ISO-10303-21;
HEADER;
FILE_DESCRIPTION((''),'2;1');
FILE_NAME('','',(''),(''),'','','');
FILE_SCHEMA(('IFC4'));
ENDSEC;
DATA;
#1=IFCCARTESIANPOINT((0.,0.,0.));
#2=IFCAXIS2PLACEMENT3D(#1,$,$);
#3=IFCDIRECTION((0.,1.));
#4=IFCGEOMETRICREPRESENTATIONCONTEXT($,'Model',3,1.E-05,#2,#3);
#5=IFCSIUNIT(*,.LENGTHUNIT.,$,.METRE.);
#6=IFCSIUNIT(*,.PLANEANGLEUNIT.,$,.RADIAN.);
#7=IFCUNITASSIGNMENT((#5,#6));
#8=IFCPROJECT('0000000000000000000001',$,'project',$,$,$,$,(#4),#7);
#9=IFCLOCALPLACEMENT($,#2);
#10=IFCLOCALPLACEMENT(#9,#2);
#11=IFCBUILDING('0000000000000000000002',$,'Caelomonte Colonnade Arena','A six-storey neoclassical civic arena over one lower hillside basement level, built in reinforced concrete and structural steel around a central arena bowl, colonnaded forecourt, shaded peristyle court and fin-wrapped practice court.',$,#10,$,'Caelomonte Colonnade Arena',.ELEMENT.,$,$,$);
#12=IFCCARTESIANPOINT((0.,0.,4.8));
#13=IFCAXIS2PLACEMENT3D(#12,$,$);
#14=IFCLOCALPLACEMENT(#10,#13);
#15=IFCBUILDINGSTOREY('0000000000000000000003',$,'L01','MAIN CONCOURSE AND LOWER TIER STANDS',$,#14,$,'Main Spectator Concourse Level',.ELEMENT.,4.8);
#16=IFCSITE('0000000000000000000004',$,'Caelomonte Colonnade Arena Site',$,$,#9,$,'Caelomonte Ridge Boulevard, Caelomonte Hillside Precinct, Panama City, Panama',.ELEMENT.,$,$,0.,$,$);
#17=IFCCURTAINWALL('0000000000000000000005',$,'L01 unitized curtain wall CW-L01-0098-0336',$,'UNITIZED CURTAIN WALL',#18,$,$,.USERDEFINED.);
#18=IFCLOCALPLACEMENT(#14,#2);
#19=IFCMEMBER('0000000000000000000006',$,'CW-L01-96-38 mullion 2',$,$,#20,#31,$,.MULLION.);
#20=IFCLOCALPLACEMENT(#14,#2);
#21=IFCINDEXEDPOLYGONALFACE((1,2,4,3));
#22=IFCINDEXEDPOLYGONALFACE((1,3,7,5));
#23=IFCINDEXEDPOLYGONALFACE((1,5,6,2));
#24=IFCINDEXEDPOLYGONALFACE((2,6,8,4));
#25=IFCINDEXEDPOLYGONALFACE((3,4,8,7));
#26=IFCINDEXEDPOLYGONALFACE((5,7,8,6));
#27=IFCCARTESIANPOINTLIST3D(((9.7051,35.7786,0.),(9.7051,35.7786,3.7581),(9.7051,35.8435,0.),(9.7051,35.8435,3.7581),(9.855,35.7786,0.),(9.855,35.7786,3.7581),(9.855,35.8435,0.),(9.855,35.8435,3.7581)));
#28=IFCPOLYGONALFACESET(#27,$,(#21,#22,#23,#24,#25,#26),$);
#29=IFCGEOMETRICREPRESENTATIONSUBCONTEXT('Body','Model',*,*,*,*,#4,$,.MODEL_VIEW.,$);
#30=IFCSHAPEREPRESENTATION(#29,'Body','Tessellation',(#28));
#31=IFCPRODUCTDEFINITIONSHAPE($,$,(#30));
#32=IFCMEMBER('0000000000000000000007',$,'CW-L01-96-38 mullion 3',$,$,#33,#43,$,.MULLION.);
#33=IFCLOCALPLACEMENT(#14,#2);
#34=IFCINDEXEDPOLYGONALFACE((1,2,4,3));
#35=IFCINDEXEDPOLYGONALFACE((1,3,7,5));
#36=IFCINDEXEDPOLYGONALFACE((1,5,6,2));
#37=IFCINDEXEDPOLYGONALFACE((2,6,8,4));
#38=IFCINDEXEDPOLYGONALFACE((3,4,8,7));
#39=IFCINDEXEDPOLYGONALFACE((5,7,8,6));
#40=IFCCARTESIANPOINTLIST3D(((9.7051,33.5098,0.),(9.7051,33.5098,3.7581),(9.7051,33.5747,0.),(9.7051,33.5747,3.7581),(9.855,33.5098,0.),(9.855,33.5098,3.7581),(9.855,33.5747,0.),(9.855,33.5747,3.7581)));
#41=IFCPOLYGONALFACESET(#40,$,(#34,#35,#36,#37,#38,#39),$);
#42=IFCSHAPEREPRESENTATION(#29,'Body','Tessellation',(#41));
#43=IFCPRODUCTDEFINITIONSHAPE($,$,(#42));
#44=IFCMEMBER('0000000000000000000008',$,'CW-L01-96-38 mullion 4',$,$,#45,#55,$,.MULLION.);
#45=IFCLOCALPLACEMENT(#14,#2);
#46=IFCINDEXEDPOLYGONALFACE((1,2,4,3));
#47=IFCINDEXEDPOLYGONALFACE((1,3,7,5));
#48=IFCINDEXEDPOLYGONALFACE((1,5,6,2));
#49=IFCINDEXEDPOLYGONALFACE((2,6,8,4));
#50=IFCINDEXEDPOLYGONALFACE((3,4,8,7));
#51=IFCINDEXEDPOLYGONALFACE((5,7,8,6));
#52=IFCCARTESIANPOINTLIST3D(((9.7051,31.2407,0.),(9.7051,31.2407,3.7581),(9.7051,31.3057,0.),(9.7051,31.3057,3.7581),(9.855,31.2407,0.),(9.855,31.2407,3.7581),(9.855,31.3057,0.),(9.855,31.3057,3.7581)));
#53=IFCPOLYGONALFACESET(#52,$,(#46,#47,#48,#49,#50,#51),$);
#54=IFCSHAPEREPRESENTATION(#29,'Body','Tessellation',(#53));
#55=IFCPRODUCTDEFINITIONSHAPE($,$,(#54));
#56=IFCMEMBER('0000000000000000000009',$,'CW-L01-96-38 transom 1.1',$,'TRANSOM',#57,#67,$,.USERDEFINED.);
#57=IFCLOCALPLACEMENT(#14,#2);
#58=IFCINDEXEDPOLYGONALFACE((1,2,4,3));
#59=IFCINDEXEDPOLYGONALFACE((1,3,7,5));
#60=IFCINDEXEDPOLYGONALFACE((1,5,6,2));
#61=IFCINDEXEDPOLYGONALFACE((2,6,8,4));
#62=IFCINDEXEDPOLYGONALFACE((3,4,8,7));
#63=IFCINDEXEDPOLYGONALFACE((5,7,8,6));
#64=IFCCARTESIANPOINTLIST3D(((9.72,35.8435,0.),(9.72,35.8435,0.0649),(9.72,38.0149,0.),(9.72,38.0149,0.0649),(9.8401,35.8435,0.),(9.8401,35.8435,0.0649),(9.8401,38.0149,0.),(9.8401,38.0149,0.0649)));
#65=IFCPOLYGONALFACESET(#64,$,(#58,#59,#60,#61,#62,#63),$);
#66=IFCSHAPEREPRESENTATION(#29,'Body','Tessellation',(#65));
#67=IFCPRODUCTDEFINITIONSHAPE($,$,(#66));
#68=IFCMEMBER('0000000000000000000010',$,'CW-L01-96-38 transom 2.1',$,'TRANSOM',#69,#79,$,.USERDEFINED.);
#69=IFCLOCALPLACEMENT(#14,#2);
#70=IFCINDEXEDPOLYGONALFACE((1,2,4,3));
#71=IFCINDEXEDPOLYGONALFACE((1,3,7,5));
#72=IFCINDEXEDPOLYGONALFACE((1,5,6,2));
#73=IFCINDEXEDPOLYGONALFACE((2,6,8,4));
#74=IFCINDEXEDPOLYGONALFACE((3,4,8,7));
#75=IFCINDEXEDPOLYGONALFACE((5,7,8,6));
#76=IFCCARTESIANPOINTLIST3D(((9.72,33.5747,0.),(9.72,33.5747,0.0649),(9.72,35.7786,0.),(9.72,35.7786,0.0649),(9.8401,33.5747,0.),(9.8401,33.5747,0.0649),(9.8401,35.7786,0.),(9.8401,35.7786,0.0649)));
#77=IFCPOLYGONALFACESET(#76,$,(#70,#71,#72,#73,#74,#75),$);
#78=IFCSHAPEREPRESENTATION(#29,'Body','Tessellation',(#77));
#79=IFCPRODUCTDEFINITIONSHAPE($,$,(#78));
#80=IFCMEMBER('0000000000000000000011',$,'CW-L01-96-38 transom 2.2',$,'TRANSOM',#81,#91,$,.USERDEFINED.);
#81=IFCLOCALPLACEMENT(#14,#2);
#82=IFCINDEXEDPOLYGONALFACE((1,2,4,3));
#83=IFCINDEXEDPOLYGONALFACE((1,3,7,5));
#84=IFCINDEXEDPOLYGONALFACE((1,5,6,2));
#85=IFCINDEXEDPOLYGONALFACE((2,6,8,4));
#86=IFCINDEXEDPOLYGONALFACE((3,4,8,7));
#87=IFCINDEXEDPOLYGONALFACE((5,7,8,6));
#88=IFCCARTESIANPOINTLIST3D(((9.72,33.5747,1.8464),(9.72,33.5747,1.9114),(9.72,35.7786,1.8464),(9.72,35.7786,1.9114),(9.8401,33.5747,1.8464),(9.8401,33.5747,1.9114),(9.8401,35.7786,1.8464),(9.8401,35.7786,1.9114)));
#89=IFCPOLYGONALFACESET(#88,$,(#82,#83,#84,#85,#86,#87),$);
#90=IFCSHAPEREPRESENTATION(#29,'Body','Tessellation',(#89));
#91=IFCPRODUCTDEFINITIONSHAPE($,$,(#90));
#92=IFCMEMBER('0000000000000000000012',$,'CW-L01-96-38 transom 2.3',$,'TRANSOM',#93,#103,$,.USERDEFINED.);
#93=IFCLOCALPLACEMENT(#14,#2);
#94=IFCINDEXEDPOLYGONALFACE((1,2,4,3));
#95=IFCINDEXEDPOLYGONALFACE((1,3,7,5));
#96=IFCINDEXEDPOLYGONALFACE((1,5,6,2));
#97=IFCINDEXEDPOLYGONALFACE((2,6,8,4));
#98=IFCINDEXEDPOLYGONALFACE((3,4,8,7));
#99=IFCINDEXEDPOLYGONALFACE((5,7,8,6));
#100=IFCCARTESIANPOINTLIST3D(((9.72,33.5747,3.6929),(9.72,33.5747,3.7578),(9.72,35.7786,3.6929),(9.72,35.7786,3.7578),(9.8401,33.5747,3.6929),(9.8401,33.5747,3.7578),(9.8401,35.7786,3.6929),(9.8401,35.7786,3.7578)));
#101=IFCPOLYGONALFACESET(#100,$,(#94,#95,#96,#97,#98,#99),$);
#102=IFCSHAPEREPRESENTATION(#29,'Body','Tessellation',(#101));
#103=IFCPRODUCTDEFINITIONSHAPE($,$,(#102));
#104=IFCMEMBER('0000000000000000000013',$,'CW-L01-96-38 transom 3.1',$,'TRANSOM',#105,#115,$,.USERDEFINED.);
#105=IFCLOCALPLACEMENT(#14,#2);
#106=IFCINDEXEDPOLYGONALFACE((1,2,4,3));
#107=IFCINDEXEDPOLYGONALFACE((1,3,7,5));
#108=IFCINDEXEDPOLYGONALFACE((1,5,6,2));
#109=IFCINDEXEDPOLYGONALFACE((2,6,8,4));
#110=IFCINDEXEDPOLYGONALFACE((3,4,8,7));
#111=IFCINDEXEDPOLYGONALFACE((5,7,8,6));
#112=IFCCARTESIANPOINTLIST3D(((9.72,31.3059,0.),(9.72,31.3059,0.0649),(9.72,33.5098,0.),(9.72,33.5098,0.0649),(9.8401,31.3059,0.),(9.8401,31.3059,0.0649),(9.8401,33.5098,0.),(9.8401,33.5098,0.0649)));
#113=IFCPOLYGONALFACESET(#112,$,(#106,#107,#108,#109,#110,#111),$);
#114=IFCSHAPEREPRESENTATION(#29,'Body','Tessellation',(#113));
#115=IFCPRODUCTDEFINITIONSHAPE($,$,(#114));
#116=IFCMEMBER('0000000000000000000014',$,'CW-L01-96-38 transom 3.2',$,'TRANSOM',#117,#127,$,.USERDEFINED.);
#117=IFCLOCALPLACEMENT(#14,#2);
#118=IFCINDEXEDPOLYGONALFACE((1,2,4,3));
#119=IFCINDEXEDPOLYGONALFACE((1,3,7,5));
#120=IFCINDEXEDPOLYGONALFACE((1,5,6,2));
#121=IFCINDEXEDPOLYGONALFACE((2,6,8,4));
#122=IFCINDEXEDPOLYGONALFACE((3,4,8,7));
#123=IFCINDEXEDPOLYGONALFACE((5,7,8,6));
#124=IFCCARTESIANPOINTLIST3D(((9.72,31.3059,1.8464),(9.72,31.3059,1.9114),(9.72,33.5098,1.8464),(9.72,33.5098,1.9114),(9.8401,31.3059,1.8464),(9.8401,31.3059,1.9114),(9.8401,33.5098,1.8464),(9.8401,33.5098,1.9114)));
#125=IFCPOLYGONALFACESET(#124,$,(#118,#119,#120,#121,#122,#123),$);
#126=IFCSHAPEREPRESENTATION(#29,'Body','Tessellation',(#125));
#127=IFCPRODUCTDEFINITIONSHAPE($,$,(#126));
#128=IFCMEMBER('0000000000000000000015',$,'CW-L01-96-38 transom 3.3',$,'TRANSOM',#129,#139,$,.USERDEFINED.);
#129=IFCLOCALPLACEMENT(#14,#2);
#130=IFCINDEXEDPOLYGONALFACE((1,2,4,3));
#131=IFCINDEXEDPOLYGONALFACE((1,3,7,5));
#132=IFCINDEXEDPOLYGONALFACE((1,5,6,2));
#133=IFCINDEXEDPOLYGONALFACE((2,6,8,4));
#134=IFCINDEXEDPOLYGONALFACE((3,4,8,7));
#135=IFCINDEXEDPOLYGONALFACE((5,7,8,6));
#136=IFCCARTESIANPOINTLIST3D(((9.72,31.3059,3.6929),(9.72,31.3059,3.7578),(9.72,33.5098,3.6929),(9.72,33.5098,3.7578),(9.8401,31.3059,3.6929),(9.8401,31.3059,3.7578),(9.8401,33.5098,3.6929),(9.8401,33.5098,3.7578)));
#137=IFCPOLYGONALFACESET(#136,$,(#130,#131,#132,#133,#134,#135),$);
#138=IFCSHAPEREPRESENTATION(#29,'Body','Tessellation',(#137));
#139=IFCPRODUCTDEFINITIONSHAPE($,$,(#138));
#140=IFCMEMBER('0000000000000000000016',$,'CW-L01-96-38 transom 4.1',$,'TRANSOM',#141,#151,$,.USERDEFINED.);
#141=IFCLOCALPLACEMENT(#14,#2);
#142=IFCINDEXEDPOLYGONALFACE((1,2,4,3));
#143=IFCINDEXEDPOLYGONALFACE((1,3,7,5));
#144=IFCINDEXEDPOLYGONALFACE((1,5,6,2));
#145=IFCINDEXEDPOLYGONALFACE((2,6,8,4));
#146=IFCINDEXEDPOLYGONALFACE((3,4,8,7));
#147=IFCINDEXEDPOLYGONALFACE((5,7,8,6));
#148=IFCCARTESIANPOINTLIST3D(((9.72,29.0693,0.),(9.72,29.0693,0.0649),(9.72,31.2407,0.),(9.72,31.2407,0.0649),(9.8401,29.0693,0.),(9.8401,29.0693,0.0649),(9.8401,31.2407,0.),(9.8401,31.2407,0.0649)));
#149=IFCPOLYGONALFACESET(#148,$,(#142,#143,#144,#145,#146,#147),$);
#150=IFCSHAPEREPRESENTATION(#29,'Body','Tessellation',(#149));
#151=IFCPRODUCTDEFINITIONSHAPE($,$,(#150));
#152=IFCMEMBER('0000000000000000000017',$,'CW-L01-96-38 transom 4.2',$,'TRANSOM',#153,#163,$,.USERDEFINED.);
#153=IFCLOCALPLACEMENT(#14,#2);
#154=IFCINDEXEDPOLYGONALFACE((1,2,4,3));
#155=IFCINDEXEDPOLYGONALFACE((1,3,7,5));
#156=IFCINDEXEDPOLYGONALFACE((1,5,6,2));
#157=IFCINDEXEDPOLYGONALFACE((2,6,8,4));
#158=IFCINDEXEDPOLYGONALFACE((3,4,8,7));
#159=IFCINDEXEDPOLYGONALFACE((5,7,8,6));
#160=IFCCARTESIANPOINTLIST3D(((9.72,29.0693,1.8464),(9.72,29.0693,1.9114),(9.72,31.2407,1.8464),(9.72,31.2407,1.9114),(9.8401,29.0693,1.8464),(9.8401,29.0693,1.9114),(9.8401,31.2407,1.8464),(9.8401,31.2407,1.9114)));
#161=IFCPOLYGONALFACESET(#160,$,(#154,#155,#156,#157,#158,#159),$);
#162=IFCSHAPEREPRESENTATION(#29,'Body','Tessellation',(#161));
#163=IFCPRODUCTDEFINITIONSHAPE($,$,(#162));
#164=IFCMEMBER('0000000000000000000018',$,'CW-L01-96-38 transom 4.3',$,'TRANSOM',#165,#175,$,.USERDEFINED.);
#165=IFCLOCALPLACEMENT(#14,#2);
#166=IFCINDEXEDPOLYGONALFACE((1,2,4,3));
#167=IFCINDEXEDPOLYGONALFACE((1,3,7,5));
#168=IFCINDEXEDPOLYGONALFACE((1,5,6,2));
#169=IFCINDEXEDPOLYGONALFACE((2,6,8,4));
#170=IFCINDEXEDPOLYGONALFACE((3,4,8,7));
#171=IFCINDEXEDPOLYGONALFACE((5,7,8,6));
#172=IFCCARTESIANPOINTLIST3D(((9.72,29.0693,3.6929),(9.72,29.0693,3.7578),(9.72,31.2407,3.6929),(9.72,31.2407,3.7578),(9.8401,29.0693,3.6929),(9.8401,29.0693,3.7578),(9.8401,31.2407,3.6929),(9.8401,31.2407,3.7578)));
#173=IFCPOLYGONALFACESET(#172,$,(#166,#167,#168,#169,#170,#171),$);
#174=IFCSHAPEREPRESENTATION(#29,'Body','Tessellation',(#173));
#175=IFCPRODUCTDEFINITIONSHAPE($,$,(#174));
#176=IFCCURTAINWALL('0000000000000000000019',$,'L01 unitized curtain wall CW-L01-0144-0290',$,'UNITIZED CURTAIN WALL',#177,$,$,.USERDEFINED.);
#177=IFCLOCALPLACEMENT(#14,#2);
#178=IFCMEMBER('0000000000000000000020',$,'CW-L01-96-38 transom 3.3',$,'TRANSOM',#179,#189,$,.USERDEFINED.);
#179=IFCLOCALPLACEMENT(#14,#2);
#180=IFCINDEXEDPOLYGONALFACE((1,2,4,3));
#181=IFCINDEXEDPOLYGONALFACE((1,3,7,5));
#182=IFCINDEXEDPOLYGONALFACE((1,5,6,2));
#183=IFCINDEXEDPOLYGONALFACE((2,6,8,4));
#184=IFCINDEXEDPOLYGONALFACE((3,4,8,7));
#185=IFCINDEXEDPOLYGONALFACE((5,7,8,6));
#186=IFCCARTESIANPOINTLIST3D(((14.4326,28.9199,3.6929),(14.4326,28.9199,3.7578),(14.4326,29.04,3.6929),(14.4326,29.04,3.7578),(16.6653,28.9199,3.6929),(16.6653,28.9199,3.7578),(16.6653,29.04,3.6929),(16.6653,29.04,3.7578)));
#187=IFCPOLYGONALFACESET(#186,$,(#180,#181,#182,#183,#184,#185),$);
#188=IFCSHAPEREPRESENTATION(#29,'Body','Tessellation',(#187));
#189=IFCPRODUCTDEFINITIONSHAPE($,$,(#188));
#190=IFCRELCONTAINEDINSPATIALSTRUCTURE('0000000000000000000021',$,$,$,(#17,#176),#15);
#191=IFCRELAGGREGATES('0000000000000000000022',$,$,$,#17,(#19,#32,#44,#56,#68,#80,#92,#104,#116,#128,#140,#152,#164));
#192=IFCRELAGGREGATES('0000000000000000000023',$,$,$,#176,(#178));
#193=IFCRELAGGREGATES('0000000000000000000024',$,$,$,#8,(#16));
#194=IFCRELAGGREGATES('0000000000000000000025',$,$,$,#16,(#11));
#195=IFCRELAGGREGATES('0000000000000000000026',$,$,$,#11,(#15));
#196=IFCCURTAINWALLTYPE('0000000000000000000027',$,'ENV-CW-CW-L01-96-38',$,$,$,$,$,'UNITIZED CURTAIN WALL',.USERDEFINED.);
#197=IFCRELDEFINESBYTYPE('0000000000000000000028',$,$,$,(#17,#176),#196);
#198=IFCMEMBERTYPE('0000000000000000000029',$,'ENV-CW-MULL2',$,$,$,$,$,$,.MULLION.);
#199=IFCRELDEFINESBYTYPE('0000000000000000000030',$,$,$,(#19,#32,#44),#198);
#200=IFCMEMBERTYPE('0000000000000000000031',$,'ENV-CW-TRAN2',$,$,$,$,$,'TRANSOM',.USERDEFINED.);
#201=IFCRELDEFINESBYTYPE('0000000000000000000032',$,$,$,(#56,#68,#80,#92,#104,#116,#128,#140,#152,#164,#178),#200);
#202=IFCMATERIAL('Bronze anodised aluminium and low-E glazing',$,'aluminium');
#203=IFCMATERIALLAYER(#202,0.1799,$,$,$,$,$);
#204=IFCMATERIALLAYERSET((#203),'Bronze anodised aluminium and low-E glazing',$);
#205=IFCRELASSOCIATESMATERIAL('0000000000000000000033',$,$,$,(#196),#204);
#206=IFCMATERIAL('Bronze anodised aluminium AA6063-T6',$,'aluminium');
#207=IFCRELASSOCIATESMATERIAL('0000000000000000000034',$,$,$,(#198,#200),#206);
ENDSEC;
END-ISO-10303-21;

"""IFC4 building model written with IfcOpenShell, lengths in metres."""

from ifc_helpers import new_model, si_unit, direction, frame, origin, origin_2d, place, context, subcontext, project, spatial, rectangle, extrude, material, layer, layer_set, material_profile, profile_set, type_object, element, aggregate, save


model = new_model("IFC4")

# Units and contexts
model_context = context("Model", 3, precision=1e-05, world=origin(), true_north=direction((0.0, 1.0)))
body_context = subcontext(model_context, "Body", "Model", "MODEL_VIEW")
ifc_project = project(units=[si_unit("LENGTHUNIT", "METRE"), si_unit("PLANEANGLEUNIT", "RADIAN")], contexts=[model_context])

# Site, building, storey
site_placement = place(None, origin())
site = spatial("IfcSite", under=ifc_project, at=site_placement, Name="Caelomonte Colonnade Arena Site", LongName="Caelomonte Ridge Boulevard, Caelomonte Hillside Precinct, Panama City, Panama", CompositionType="ELEMENT", RefElevation=0.0)
building_placement = place(site_placement, origin())
building = spatial("IfcBuilding", under=site, at=building_placement, Name="Caelomonte Colonnade Arena", Description="A six-storey neoclassical civic arena over one lower hillside basement level, built in reinforced concrete and structural steel around a central arena bowl, colonnaded forecourt, shaded peristyle court and fin-wrapped practice court.", LongName="Caelomonte Colonnade Arena", CompositionType="ELEMENT")
storey_placement = place(building_placement, frame((0.0, 0.0, 4.8)))
storey = spatial("IfcBuildingStorey", under=building, at=storey_placement, Name="L01", Description="MAIN CONCOURSE AND LOWER TIER STANDS", LongName="Main Spectator Concourse Level", CompositionType="ELEMENT", Elevation=4.8)

# Curtain wall, members
ifc_material_1 = material(Name="Bronze anodised aluminium and low-E glazing", Category="aluminium")
ifc_layer_1 = layer(ifc_material_1, 0.1799)
ifc_layer_set_1 = layer_set([ifc_layer_1], Name="Bronze anodised aluminium and low-E glazing")
curtain_wall_type = type_object("IfcCurtainWallType", Name="ENV-CW-CW-L01-96-38", ElementType="UNITIZED CURTAIN WALL", PredefinedType="USERDEFINED", material=ifc_layer_set_1)
curtain_wall_1_placement = place(storey_placement, origin())
curtain_wall_1 = element("IfcCurtainWall", 1, at=curtain_wall_1_placement, inside=storey, type_object=curtain_wall_type, Name="L01 unitized curtain wall CW-L01-0098-0336", ObjectType="UNITIZED CURTAIN WALL", PredefinedType="USERDEFINED")
ifc_material_2 = material(Name="Bronze anodised aluminium AA6063-T6", Category="aluminium")
ifc_material_profile_1 = material_profile(ifc_material_2, rectangle(XDim=0.0649, YDim=0.1499, at=origin_2d()), Name="CWM-65X150")
ifc_profile_set_1 = profile_set([ifc_material_profile_1], Name="Bronze anodised aluminium AA6063-T6")
member_type_1 = type_object("IfcMemberType", Name="ENV-CW-MULL2", PredefinedType="MULLION", material=ifc_profile_set_1)
member_1_placement = place(storey_placement, frame((9.78, 35.811, 0.0), z_axis=(0.0, 0.0, 1.0), x_axis=(0.0, -1.0, 0.0)))
member_1 = element("IfcMember", 2, at=member_1_placement, type_object=member_type_1, Name="CW-L01-96-38 mullion 2", PredefinedType="MULLION", context=body_context, shape_type="SweptSolid", body=[
    extrude(rectangle(XDim=0.0649, YDim=0.1499, at=origin_2d()), origin(), (0.0, 0.0, 1.0), 3.7581),
])
member_2_placement = place(storey_placement, frame((9.78, 33.5422, 0.0), z_axis=(0.0, 0.0, 1.0), x_axis=(0.0, -1.0, 0.0)))
member_2 = element("IfcMember", 3, at=member_2_placement, type_object=member_type_1, Name="CW-L01-96-38 mullion 3", PredefinedType="MULLION", context=body_context, shape_type="SweptSolid", body=[
    extrude(rectangle(XDim=0.0649, YDim=0.1499, at=origin_2d()), origin(), (0.0, 0.0, 1.0), 3.7581),
])
member_3_placement = place(storey_placement, frame((9.78, 31.2732, 0.0), z_axis=(0.0, 0.0, 1.0), x_axis=(0.0, -1.0, 0.0)))
member_3 = element("IfcMember", 4, at=member_3_placement, type_object=member_type_1, Name="CW-L01-96-38 mullion 4", PredefinedType="MULLION", context=body_context, shape_type="SweptSolid", body=[
    extrude(rectangle(XDim=0.0649, YDim=0.1499, at=origin_2d()), origin(), (0.0, 0.0, 1.0), 3.7581),
])
ifc_material_profile_2 = material_profile(ifc_material_2, rectangle(XDim=0.0649, YDim=0.1201, at=origin_2d()), Name="CWT-65X120")
ifc_profile_set_2 = profile_set([ifc_material_profile_2], Name="Bronze anodised aluminium AA6063-T6")
member_type_2 = type_object("IfcMemberType", Name="ENV-CW-TRAN2", ElementType="TRANSOM", PredefinedType="USERDEFINED", material=ifc_profile_set_2)
member_4_placement = place(storey_placement, frame((9.78, 38.0149, 0.0325), z_axis=(0.0, -1.0, 0.0), x_axis=(0.0, 0.0, 1.0)))
member_4 = element("IfcMember", 5, at=member_4_placement, type_object=member_type_2, Name="CW-L01-96-38 transom 1.1", ObjectType="TRANSOM", PredefinedType="USERDEFINED", context=body_context, shape_type="SweptSolid", body=[
    extrude(rectangle(XDim=0.0649, YDim=0.1201, at=origin_2d()), origin(), (0.0, 0.0, 1.0), 2.1714),
])
member_5_placement = place(storey_placement, frame((9.78, 35.7786, 0.0325), z_axis=(0.0, -1.0, 0.0), x_axis=(0.0, 0.0, 1.0)))
member_5 = element("IfcMember", 6, at=member_5_placement, type_object=member_type_2, Name="CW-L01-96-38 transom 2.1", ObjectType="TRANSOM", PredefinedType="USERDEFINED", context=body_context, shape_type="SweptSolid", body=[
    extrude(rectangle(XDim=0.0649, YDim=0.1201, at=origin_2d()), origin(), (0.0, 0.0, 1.0), 2.2039),
])
member_6_placement = place(storey_placement, frame((9.78, 35.7786, 1.8789), z_axis=(0.0, -1.0, 0.0), x_axis=(0.0, 0.0, 1.0)))
member_6 = element("IfcMember", 7, at=member_6_placement, type_object=member_type_2, Name="CW-L01-96-38 transom 2.2", ObjectType="TRANSOM", PredefinedType="USERDEFINED", context=body_context, shape_type="SweptSolid", body=[
    extrude(rectangle(XDim=0.0649, YDim=0.1201, at=origin_2d()), origin(), (0.0, 0.0, 1.0), 2.2039),
])
member_7_placement = place(storey_placement, frame((9.78, 35.7786, 3.7253), z_axis=(0.0, -1.0, 0.0), x_axis=(0.0, 0.0, 1.0)))
member_7 = element("IfcMember", 8, at=member_7_placement, type_object=member_type_2, Name="CW-L01-96-38 transom 2.3", ObjectType="TRANSOM", PredefinedType="USERDEFINED", context=body_context, shape_type="SweptSolid", body=[
    extrude(rectangle(XDim=0.0649, YDim=0.1201, at=origin_2d()), origin(), (0.0, 0.0, 1.0), 2.2039),
])
member_8_placement = place(storey_placement, frame((9.78, 33.5098, 0.0325), z_axis=(0.0, -1.0, 0.0), x_axis=(0.0, 0.0, 1.0)))
member_8 = element("IfcMember", 9, at=member_8_placement, type_object=member_type_2, Name="CW-L01-96-38 transom 3.1", ObjectType="TRANSOM", PredefinedType="USERDEFINED", context=body_context, shape_type="SweptSolid", body=[
    extrude(rectangle(XDim=0.0649, YDim=0.1201, at=origin_2d()), origin(), (0.0, 0.0, 1.0), 2.2039),
])
member_9_placement = place(storey_placement, frame((9.78, 33.5098, 1.8789), z_axis=(0.0, -1.0, 0.0), x_axis=(0.0, 0.0, 1.0)))
member_9 = element("IfcMember", 10, at=member_9_placement, type_object=member_type_2, Name="CW-L01-96-38 transom 3.2", ObjectType="TRANSOM", PredefinedType="USERDEFINED", context=body_context, shape_type="SweptSolid", body=[
    extrude(rectangle(XDim=0.0649, YDim=0.1201, at=origin_2d()), origin(), (0.0, 0.0, 1.0), 2.2039),
])
member_10_placement = place(storey_placement, frame((9.78, 33.5098, 3.7253), z_axis=(0.0, -1.0, 0.0), x_axis=(0.0, 0.0, 1.0)))
member_10 = element("IfcMember", 11, at=member_10_placement, type_object=member_type_2, Name="CW-L01-96-38 transom 3.3", ObjectType="TRANSOM", PredefinedType="USERDEFINED", context=body_context, shape_type="SweptSolid", body=[
    extrude(rectangle(XDim=0.0649, YDim=0.1201, at=origin_2d()), origin(), (0.0, 0.0, 1.0), 2.2039),
])
member_11_placement = place(storey_placement, frame((9.78, 31.2407, 0.0325), z_axis=(0.0, -1.0, 0.0), x_axis=(0.0, 0.0, 1.0)))
member_11 = element("IfcMember", 12, at=member_11_placement, type_object=member_type_2, Name="CW-L01-96-38 transom 4.1", ObjectType="TRANSOM", PredefinedType="USERDEFINED", context=body_context, shape_type="SweptSolid", body=[
    extrude(rectangle(XDim=0.0649, YDim=0.1201, at=origin_2d()), origin(), (0.0, 0.0, 1.0), 2.1714),
])
member_12_placement = place(storey_placement, frame((9.78, 31.2407, 1.8789), z_axis=(0.0, -1.0, 0.0), x_axis=(0.0, 0.0, 1.0)))
member_12 = element("IfcMember", 13, at=member_12_placement, type_object=member_type_2, Name="CW-L01-96-38 transom 4.2", ObjectType="TRANSOM", PredefinedType="USERDEFINED", context=body_context, shape_type="SweptSolid", body=[
    extrude(rectangle(XDim=0.0649, YDim=0.1201, at=origin_2d()), origin(), (0.0, 0.0, 1.0), 2.1714),
])
member_13_placement = place(storey_placement, frame((9.78, 31.2407, 3.7253), z_axis=(0.0, -1.0, 0.0), x_axis=(0.0, 0.0, 1.0)))
member_13 = element("IfcMember", 14, at=member_13_placement, type_object=member_type_2, Name="CW-L01-96-38 transom 4.3", ObjectType="TRANSOM", PredefinedType="USERDEFINED", context=body_context, shape_type="SweptSolid", body=[
    extrude(rectangle(XDim=0.0649, YDim=0.1201, at=origin_2d()), origin(), (0.0, 0.0, 1.0), 2.1714),
])

# Curtain wall, member
curtain_wall_2_placement = place(storey_placement, origin())
curtain_wall_2 = element("IfcCurtainWall", 15, at=curtain_wall_2_placement, inside=storey, type_object=curtain_wall_type, Name="L01 unitized curtain wall CW-L01-0144-0290", ObjectType="UNITIZED CURTAIN WALL", PredefinedType="USERDEFINED")
member_14_placement = place(storey_placement, frame((14.4326, 28.98, 3.7253), z_axis=(1.0, 0.0, 0.0), x_axis=(0.0, 0.0, 1.0)))
member_14 = element("IfcMember", 16, at=member_14_placement, type_object=member_type_2, Name="CW-L01-96-38 transom 3.3", ObjectType="TRANSOM", PredefinedType="USERDEFINED", context=body_context, shape_type="SweptSolid", body=[
    extrude(rectangle(XDim=0.0649, YDim=0.1201, at=origin_2d()), origin(), (0.0, 0.0, 1.0), 2.2327),
])

aggregate(curtain_wall_1, [member_1, member_2, member_3, member_4, member_5, member_6, member_7, member_8, member_9, member_10, member_11, member_12, member_13])
aggregate(curtain_wall_2, [member_14])

save(model, "model.ifc")
